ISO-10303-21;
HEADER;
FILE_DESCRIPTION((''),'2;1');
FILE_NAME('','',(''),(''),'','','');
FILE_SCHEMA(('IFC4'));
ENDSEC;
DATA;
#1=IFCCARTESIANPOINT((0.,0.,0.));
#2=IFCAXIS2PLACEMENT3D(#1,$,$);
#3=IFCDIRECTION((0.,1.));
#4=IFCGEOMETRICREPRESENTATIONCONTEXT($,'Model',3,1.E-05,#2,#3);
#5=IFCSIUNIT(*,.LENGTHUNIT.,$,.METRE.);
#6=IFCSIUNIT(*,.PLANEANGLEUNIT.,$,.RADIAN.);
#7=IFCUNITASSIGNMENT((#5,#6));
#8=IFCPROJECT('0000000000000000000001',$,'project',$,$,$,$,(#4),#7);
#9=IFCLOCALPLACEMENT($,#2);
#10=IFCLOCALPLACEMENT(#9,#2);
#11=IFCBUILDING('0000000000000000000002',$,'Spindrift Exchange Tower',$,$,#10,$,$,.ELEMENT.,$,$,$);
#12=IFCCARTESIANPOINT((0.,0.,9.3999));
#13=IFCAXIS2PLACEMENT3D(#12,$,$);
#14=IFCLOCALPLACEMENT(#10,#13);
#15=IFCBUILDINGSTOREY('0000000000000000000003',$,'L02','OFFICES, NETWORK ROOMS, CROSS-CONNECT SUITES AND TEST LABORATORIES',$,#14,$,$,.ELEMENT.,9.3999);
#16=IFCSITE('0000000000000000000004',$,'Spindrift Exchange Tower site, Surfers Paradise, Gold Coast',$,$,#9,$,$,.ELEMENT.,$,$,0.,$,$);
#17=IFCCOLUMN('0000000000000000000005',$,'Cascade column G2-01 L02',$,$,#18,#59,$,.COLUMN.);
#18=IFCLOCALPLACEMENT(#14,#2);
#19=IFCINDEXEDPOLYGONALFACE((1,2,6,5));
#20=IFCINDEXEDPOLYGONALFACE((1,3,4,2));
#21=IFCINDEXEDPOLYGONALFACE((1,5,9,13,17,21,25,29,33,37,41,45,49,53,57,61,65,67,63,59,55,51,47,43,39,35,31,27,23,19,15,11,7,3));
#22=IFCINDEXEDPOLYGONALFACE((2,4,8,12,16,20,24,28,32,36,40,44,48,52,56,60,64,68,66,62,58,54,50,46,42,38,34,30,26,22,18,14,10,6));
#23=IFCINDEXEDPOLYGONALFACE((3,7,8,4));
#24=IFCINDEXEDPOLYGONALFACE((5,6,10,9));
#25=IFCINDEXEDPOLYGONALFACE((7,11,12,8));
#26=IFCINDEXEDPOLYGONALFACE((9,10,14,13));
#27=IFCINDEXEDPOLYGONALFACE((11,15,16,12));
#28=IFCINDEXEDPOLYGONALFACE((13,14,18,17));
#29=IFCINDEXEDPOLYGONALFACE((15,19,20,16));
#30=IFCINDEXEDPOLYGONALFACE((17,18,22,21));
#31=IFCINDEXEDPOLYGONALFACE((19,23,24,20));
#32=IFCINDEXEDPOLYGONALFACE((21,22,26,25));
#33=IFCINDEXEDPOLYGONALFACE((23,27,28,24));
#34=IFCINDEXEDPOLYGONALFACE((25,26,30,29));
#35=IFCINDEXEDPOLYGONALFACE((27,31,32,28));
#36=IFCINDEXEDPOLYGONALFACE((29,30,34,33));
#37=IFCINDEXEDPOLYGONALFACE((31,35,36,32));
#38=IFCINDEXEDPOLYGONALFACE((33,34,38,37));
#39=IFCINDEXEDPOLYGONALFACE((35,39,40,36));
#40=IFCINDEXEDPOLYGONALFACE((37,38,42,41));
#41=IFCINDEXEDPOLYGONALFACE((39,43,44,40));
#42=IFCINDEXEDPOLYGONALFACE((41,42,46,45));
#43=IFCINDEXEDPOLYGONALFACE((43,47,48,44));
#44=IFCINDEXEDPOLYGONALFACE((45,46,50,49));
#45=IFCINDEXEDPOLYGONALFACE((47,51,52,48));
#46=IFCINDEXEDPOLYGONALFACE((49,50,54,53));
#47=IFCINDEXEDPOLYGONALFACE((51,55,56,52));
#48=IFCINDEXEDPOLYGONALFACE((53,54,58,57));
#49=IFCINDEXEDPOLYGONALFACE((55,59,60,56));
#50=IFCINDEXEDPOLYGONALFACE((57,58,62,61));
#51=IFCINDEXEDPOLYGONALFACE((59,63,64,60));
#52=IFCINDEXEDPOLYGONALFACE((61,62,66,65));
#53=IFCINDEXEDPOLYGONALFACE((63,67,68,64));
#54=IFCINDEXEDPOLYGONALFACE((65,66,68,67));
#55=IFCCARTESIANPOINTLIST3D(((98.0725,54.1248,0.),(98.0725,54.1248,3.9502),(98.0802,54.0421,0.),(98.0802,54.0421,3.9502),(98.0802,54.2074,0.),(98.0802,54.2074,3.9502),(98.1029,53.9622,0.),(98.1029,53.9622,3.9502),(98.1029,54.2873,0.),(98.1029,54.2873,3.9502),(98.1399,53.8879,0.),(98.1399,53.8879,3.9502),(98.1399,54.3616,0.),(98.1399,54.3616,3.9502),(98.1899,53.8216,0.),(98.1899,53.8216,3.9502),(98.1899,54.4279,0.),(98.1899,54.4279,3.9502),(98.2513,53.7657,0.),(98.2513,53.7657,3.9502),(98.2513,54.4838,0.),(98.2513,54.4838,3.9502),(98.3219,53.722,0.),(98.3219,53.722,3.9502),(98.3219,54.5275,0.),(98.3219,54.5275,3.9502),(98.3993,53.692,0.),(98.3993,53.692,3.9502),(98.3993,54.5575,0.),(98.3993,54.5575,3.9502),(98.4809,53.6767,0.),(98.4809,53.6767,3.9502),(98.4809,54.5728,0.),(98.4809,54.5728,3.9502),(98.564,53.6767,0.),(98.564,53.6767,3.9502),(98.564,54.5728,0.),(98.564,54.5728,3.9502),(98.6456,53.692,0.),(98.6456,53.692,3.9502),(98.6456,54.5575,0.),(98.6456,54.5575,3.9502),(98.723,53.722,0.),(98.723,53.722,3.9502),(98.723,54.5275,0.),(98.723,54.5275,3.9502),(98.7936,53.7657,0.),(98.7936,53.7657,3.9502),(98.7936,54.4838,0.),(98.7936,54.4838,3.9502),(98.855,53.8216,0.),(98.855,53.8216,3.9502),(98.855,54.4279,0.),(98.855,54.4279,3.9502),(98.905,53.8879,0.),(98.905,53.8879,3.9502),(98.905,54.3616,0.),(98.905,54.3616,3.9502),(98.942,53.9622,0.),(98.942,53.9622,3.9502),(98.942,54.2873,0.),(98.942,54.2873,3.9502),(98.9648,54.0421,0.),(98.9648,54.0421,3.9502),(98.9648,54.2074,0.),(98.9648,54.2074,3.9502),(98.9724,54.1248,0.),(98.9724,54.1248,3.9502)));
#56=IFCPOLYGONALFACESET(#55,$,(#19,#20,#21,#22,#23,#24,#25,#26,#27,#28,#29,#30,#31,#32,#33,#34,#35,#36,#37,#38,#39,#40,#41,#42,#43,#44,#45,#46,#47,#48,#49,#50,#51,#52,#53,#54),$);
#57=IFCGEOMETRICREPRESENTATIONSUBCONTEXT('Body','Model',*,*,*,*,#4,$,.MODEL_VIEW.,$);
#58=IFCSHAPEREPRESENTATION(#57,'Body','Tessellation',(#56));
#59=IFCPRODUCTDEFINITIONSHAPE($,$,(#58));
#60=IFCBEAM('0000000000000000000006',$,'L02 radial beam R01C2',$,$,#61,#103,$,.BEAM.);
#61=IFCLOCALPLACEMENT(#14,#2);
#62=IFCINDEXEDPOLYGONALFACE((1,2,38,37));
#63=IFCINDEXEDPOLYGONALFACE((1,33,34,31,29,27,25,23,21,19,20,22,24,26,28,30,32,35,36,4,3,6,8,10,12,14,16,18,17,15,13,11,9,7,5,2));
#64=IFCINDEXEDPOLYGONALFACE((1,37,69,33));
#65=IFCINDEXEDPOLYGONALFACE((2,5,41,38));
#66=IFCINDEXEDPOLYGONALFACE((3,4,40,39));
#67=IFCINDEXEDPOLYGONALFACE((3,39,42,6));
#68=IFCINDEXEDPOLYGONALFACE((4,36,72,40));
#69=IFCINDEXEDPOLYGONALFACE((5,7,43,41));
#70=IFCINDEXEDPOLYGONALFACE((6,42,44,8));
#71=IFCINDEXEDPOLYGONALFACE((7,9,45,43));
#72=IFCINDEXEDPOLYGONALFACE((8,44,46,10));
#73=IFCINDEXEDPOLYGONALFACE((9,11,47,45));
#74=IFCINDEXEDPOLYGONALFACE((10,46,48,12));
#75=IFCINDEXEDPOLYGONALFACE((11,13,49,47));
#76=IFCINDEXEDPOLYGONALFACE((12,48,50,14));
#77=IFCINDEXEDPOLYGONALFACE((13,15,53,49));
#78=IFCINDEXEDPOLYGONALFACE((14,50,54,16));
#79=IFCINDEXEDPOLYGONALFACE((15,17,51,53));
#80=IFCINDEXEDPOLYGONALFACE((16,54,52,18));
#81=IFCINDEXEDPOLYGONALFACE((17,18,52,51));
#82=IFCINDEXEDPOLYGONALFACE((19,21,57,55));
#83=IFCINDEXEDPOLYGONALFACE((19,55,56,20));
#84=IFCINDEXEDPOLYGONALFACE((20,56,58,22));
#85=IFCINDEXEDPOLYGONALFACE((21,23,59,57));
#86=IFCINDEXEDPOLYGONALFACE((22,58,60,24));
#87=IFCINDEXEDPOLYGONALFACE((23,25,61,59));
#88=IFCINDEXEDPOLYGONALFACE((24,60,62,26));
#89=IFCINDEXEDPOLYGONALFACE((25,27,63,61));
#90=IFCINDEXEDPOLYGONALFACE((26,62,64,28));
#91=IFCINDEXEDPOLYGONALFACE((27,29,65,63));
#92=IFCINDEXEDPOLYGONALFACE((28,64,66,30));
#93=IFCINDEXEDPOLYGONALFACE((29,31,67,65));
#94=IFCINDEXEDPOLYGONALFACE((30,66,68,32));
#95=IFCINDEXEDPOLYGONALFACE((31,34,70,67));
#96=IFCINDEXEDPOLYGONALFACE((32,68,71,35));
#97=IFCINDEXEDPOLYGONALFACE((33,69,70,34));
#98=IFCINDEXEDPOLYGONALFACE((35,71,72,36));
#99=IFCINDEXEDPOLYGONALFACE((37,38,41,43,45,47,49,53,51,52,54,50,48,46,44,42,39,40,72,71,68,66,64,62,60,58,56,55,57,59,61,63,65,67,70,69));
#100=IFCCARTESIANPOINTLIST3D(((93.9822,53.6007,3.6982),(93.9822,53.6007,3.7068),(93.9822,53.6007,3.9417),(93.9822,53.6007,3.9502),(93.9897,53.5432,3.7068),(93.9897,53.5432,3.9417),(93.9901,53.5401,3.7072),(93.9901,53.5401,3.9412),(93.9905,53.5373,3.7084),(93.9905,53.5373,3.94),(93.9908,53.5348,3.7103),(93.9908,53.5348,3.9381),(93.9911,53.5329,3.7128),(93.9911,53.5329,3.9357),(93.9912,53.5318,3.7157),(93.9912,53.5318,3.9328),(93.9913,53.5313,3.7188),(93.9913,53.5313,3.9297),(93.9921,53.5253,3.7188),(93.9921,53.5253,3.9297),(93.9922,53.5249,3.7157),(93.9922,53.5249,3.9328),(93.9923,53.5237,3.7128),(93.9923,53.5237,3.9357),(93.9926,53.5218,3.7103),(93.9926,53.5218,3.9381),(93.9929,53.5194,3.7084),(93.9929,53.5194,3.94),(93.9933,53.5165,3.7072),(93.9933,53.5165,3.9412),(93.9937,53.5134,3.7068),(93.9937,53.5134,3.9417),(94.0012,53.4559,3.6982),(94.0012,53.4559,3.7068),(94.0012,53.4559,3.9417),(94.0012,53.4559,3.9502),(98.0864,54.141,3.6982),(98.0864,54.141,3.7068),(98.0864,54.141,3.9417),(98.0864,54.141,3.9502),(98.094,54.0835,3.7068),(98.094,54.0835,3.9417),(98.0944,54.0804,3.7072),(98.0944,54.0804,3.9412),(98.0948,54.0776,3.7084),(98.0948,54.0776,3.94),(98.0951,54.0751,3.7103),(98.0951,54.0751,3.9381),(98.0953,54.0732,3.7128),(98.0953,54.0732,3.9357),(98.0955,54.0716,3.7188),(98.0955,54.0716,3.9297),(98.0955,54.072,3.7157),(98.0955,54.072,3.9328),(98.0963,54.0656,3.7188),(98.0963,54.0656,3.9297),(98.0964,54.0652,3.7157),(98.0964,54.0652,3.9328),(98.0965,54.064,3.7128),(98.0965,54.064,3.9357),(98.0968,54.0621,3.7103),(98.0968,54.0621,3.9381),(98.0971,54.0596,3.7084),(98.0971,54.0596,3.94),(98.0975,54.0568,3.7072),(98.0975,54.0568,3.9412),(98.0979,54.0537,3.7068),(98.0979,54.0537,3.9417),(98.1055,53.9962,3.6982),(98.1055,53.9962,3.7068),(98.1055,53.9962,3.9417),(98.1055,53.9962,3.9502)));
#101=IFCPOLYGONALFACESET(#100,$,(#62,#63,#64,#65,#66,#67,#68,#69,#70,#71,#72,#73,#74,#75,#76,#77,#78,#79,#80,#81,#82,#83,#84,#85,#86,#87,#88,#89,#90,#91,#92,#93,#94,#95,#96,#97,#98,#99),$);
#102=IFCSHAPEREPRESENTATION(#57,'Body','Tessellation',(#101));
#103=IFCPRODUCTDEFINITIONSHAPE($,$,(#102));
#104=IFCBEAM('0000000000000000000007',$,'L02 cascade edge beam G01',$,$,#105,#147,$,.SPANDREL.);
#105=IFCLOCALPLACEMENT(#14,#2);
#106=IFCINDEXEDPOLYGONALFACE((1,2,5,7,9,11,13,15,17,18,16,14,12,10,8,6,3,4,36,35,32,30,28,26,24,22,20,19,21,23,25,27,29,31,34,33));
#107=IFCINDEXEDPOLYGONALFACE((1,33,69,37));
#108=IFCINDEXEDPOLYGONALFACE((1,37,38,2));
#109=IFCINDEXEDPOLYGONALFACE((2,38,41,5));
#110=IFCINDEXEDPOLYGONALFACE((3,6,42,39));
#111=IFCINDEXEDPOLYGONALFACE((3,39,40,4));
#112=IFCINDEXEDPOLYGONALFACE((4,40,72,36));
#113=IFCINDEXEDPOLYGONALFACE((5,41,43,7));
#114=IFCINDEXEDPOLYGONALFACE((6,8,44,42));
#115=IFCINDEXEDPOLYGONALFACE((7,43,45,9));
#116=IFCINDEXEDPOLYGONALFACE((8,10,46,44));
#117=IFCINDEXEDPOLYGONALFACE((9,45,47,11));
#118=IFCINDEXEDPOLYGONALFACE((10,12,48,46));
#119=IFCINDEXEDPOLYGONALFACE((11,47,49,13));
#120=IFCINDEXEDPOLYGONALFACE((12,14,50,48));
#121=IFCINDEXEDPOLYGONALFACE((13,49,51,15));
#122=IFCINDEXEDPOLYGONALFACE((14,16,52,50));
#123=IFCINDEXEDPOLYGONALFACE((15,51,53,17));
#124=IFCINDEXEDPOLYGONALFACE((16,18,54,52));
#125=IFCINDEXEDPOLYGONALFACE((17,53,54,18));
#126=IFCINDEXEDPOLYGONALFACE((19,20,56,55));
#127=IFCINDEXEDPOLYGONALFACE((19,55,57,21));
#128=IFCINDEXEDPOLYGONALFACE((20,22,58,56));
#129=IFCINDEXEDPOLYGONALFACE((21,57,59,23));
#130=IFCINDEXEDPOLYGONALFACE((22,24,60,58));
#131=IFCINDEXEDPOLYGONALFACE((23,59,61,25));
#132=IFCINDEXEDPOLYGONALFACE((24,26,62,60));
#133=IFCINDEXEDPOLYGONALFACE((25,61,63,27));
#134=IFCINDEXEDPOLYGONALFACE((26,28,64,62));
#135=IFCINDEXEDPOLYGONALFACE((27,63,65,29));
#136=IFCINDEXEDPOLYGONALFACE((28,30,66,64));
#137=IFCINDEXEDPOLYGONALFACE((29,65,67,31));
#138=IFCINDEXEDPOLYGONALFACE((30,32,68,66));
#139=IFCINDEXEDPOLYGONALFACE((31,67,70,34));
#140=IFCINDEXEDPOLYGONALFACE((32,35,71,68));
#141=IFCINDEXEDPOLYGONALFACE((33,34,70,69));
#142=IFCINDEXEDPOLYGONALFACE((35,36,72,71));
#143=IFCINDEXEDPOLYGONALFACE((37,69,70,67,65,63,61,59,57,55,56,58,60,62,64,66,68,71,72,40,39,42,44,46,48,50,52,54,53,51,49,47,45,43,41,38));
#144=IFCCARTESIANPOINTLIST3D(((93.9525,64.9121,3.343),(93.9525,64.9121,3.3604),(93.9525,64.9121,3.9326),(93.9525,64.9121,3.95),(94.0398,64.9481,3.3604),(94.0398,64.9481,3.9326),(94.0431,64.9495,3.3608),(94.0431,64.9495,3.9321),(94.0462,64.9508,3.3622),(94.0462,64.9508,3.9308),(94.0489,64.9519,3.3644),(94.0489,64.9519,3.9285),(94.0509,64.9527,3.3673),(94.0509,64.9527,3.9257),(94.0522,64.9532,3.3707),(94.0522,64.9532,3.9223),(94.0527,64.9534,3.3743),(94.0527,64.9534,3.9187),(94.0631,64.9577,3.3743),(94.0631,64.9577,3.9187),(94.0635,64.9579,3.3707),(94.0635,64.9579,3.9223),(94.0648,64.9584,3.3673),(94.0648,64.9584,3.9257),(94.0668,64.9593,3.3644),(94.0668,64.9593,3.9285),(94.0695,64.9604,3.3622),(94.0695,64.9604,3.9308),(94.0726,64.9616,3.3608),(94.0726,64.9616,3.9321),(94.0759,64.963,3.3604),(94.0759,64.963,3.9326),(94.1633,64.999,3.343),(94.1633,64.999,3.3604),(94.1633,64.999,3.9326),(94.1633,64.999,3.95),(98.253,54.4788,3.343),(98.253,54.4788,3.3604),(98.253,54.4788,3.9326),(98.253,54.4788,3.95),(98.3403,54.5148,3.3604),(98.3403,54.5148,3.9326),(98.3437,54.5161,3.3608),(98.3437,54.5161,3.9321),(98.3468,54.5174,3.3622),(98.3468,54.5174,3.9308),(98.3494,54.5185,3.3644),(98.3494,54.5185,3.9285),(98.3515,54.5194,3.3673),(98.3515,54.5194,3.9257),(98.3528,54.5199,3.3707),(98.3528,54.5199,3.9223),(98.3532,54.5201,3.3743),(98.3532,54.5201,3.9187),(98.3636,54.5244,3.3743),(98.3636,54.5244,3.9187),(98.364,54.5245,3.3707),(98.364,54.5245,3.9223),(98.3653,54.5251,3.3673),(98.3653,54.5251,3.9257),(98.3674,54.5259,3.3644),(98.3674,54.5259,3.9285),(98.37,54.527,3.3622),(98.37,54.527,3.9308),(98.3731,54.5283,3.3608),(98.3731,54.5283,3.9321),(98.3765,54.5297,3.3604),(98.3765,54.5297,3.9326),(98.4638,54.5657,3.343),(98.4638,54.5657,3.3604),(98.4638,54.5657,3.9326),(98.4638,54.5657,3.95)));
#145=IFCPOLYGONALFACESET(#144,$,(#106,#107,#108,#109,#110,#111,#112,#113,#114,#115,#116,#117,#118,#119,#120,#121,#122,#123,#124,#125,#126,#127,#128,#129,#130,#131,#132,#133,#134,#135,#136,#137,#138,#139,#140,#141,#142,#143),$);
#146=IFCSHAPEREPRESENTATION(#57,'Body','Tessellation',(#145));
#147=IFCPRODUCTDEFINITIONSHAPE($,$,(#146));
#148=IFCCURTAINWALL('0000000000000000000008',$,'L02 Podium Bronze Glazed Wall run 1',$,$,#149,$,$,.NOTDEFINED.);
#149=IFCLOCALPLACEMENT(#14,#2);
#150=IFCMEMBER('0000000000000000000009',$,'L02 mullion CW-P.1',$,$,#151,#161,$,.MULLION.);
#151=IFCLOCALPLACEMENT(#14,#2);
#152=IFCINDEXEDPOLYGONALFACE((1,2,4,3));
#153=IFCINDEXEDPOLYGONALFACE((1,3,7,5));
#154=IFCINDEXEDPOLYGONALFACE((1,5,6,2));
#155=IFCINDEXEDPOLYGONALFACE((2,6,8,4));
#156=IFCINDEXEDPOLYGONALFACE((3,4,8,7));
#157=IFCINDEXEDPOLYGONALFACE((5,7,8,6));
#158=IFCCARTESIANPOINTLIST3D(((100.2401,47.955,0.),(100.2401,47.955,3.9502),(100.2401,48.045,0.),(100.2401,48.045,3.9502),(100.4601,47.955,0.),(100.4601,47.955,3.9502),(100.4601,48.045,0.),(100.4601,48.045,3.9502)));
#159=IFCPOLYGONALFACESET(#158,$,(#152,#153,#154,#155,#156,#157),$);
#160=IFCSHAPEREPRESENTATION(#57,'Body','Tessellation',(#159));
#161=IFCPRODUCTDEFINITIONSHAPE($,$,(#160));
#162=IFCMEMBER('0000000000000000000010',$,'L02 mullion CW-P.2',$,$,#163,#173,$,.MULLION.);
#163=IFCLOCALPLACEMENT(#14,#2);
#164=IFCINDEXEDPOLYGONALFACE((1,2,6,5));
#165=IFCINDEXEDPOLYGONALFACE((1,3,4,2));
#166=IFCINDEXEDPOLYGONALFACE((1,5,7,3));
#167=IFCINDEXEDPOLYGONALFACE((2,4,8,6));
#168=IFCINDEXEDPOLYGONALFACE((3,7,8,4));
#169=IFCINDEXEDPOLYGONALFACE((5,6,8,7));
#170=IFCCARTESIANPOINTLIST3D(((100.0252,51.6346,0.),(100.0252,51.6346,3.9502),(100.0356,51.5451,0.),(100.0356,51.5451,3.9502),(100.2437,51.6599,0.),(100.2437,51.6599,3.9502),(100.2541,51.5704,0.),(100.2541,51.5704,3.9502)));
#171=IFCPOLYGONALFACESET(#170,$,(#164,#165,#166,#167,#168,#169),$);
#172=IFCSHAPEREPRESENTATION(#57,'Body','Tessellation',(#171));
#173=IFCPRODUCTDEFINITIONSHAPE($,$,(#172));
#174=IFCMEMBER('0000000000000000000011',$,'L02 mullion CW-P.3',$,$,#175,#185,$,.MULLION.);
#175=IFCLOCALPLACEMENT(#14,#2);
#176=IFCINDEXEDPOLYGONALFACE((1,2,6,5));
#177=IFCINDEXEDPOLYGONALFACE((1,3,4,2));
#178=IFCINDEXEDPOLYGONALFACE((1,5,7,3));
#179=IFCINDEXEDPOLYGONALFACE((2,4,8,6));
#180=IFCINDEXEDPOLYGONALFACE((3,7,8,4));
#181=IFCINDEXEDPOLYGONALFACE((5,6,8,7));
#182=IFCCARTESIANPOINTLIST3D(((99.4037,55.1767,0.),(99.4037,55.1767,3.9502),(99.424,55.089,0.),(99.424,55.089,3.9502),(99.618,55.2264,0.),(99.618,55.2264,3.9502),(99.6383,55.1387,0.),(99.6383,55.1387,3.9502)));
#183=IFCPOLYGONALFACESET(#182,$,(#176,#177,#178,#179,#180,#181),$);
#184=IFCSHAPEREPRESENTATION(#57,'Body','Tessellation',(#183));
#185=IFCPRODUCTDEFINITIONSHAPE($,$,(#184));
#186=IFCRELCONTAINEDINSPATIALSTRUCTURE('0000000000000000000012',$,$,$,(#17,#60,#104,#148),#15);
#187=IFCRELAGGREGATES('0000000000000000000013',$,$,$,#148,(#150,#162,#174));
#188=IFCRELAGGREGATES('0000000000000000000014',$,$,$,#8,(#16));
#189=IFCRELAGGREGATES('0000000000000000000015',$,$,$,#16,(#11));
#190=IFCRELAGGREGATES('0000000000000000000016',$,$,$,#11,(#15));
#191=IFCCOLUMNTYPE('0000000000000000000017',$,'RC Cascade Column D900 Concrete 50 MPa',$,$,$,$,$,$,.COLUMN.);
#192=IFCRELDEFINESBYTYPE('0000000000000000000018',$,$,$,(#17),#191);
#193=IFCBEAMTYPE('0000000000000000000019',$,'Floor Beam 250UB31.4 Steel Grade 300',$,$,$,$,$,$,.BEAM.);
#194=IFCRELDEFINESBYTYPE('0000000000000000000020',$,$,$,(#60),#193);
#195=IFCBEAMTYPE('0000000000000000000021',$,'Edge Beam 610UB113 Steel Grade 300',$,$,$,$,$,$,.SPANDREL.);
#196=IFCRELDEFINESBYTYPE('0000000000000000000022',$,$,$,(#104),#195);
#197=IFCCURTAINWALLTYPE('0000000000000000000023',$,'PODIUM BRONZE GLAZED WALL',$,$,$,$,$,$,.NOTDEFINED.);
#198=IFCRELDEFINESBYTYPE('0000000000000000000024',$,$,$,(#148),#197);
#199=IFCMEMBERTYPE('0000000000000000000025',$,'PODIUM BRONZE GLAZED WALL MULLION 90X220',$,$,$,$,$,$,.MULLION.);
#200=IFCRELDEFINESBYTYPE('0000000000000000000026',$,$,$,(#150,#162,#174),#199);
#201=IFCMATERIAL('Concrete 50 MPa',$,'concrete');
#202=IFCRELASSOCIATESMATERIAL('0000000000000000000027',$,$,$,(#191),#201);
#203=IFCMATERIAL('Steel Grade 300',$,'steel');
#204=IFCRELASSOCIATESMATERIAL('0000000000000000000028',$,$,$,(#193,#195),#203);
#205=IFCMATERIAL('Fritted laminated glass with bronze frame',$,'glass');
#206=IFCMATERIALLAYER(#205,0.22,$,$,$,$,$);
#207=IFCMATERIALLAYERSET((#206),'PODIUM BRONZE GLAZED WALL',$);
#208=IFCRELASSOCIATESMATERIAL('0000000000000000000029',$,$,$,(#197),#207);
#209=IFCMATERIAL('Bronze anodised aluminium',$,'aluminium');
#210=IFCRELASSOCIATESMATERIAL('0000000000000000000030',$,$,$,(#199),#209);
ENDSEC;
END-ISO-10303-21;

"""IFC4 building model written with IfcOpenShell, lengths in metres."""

from ifc_helpers import new_model, si_unit, direction, frame, origin, origin_2d, place, context, subcontext, project, spatial, rectangle, circle, i_section, extrude, source, transform, mapped, material, layer, layer_set, material_profile, profile_set, type_object, element, aggregate, save


model = new_model("IFC4")

# Units and contexts
model_context = context("Model", 3, precision=1e-05, world=origin(), true_north=direction((0.0, 1.0)))
body_context = subcontext(model_context, "Body", "Model", "MODEL_VIEW")
ifc_project = project(units=[si_unit("LENGTHUNIT", "METRE"), si_unit("PLANEANGLEUNIT", "RADIAN")], contexts=[model_context])

# Site, building, storey
site_placement = place(None, origin())
site = spatial("IfcSite", under=ifc_project, at=site_placement, Name="Spindrift Exchange Tower site, Surfers Paradise, Gold Coast", CompositionType="ELEMENT", RefElevation=0.0)
building_placement = place(site_placement, origin())
building = spatial("IfcBuilding", under=site, at=building_placement, Name="Spindrift Exchange Tower", CompositionType="ELEMENT")
storey_placement = place(building_placement, frame((0.0, 0.0, 9.3999)))
storey = spatial("IfcBuildingStorey", under=building, at=storey_placement, Name="L02", Description="OFFICES, NETWORK ROOMS, CROSS-CONNECT SUITES AND TEST LABORATORIES", CompositionType="ELEMENT", Elevation=9.3999)

# Column
ifc_material_1 = material(Name="Concrete 50 MPa", Category="concrete")
ifc_material_profile_1 = material_profile(ifc_material_1, circle(Radius=0.45, at=origin_2d()), Name="RC D900")
ifc_profile_set_1 = profile_set([ifc_material_profile_1], Name="Concrete 50 MPa")
column_type = type_object("IfcColumnType", Name="RC Cascade Column D900 Concrete 50 MPa", PredefinedType="COLUMN", material=ifc_profile_set_1)
shared_shape_1 = source(origin(), body_context, "Body", "SweptSolid", [
    extrude(circle(Radius=0.45, at=origin_2d()), origin(), (0.0, 0.0, 1.0), 3.9502),
])
column_placement = place(storey_placement, frame((98.5225, 54.1248, 0.0), z_axis=(0.0, 0.0, 1.0), x_axis=(1.0, 0.0, 0.0)))
element("IfcColumn", 1, at=column_placement, inside=storey, type_object=column_type, Name="Cascade column G2-01 L02", PredefinedType="COLUMN", context=body_context, shape_type="MappedRepresentation", body=[
    mapped(shared_shape_1, transform((0.0, 0.0, 0.0), scale=1.0)),
])

# Beams
ifc_material_2 = material(Name="Steel Grade 300", Category="steel")
ifc_material_profile_2 = material_profile(ifc_material_2, i_section(OverallWidth=0.146, OverallDepth=0.252, WebThickness=0.0061, FlangeThickness=0.0085, FilletRadius=0.012, at=origin_2d()), Name="250UB31.4")
ifc_profile_set_2 = profile_set([ifc_material_profile_2], Name="Steel Grade 300")
beam_type_1 = type_object("IfcBeamType", Name="Floor Beam 250UB31.4 Steel Grade 300", PredefinedType="BEAM", material=ifc_profile_set_2)
shared_shape_2 = source(origin(), body_context, "Body", "SweptSolid", [
    extrude(i_section(OverallWidth=0.146, OverallDepth=0.252, WebThickness=0.0061, FlangeThickness=0.0085, FilletRadius=0.012, at=origin_2d()), origin(), (0.0, 0.0, 1.0), 4.1396),
])
beam_1_placement = place(storey_placement, frame((93.9917, 53.5283, 3.8242), z_axis=(0.991446, 0.130514, 0.0), x_axis=(-0.130514, 0.991446, 0.0)))
element("IfcBeam", 2, at=beam_1_placement, inside=storey, type_object=beam_type_1, Name="L02 radial beam R01C2", PredefinedType="BEAM", context=body_context, shape_type="MappedRepresentation", body=[
    mapped(shared_shape_2, transform((0.0, 0.0, 0.0), scale=1.0)),
])
ifc_material_profile_3 = material_profile(ifc_material_2, i_section(OverallWidth=0.228, OverallDepth=0.6069, WebThickness=0.0112, FlangeThickness=0.0173, FilletRadius=0.0139, at=origin_2d()), Name="610UB113")
ifc_profile_set_3 = profile_set([ifc_material_profile_3], Name="Steel Grade 300")
beam_type_2 = type_object("IfcBeamType", Name="Edge Beam 610UB113 Steel Grade 300", PredefinedType="SPANDREL", material=ifc_profile_set_3)
shared_shape_3 = source(origin(), body_context, "Body", "SweptSolid", [
    extrude(i_section(OverallWidth=0.228, OverallDepth=0.6069, WebThickness=0.0112, FlangeThickness=0.0173, FilletRadius=0.0139, at=origin_2d()), origin(), (0.0, 0.0, 1.0), 11.2849),
])
beam_2_placement = place(storey_placement, frame((98.3584, 54.5222, 3.6465), z_axis=(-0.381087, 0.924539, 0.0), x_axis=(-0.924539, -0.381087, 0.0)))
element("IfcBeam", 3, at=beam_2_placement, inside=storey, type_object=beam_type_2, Name="L02 cascade edge beam G01", PredefinedType="SPANDREL", context=body_context, shape_type="MappedRepresentation", body=[
    mapped(shared_shape_3, transform((0.0, 0.0, 0.0), scale=1.0)),
])

# Curtain wall, members
ifc_material_3 = material(Name="Fritted laminated glass with bronze frame", Category="glass")
ifc_layer_1 = layer(ifc_material_3, 0.22)
ifc_layer_set_1 = layer_set([ifc_layer_1], Name="PODIUM BRONZE GLAZED WALL")
curtain_wall_type = type_object("IfcCurtainWallType", Name="PODIUM BRONZE GLAZED WALL", PredefinedType="NOTDEFINED", material=ifc_layer_set_1)
curtain_wall_placement = place(storey_placement, origin())
curtain_wall = element("IfcCurtainWall", 4, at=curtain_wall_placement, inside=storey, type_object=curtain_wall_type, Name="L02 Podium Bronze Glazed Wall run 1", PredefinedType="NOTDEFINED")
ifc_material_4 = material(Name="Bronze anodised aluminium", Category="aluminium")
ifc_material_profile_4 = material_profile(ifc_material_4, rectangle(XDim=0.0901, YDim=0.22, at=origin_2d()), Name="PODIUM BRONZE GLAZED WALL MULLION 90X220")
ifc_profile_set_4 = profile_set([ifc_material_profile_4], Name="Bronze anodised aluminium")
member_type_1 = type_object("IfcMemberType", Name="PODIUM BRONZE GLAZED WALL MULLION 90X220", PredefinedType="MULLION", material=ifc_profile_set_4)
shared_shape_4 = source(origin(), body_context, "Body", "SweptSolid", [
    extrude(rectangle(XDim=0.0901, YDim=0.22, at=origin_2d()), origin(), (0.0, 0.0, 1.0), 3.9502),
])
member_1_placement = place(storey_placement, frame((100.3501, 48.0, 0.0), z_axis=(0.0, 0.0, 1.0), x_axis=(0.0, 1.0, 0.0)))
member_1 = element("IfcMember", 5, at=member_1_placement, type_object=member_type_1, Name="L02 mullion CW-P.1", PredefinedType="MULLION", context=body_context, shape_type="MappedRepresentation", body=[
    mapped(shared_shape_4, transform((0.0, 0.0, 0.0), scale=1.0)),
])
member_2_placement = place(storey_placement, frame((100.1396, 51.6025, 0.0), z_axis=(0.0, 0.0, 1.0), x_axis=(-0.115039, 0.993361, 0.0)))
member_2 = element("IfcMember", 6, at=member_2_placement, type_object=member_type_1, Name="L02 mullion CW-P.2", PredefinedType="MULLION", context=body_context, shape_type="MappedRepresentation", body=[
    mapped(shared_shape_4, transform((0.0, 0.0, 0.0), scale=1.0)),
])
member_3_placement = place(storey_placement, frame((99.521, 55.1577, 0.0), z_axis=(0.0, 0.0, 1.0), x_axis=(-0.225922, 0.974145, 0.0)))
member_3 = element("IfcMember", 7, at=member_3_placement, type_object=member_type_1, Name="L02 mullion CW-P.3", PredefinedType="MULLION", context=body_context, shape_type="MappedRepresentation", body=[
    mapped(shared_shape_4, transform((0.0, 0.0, 0.0), scale=1.0)),
])
aggregate(curtain_wall, [member_1, member_2, member_3])

save(model, "model.ifc")
